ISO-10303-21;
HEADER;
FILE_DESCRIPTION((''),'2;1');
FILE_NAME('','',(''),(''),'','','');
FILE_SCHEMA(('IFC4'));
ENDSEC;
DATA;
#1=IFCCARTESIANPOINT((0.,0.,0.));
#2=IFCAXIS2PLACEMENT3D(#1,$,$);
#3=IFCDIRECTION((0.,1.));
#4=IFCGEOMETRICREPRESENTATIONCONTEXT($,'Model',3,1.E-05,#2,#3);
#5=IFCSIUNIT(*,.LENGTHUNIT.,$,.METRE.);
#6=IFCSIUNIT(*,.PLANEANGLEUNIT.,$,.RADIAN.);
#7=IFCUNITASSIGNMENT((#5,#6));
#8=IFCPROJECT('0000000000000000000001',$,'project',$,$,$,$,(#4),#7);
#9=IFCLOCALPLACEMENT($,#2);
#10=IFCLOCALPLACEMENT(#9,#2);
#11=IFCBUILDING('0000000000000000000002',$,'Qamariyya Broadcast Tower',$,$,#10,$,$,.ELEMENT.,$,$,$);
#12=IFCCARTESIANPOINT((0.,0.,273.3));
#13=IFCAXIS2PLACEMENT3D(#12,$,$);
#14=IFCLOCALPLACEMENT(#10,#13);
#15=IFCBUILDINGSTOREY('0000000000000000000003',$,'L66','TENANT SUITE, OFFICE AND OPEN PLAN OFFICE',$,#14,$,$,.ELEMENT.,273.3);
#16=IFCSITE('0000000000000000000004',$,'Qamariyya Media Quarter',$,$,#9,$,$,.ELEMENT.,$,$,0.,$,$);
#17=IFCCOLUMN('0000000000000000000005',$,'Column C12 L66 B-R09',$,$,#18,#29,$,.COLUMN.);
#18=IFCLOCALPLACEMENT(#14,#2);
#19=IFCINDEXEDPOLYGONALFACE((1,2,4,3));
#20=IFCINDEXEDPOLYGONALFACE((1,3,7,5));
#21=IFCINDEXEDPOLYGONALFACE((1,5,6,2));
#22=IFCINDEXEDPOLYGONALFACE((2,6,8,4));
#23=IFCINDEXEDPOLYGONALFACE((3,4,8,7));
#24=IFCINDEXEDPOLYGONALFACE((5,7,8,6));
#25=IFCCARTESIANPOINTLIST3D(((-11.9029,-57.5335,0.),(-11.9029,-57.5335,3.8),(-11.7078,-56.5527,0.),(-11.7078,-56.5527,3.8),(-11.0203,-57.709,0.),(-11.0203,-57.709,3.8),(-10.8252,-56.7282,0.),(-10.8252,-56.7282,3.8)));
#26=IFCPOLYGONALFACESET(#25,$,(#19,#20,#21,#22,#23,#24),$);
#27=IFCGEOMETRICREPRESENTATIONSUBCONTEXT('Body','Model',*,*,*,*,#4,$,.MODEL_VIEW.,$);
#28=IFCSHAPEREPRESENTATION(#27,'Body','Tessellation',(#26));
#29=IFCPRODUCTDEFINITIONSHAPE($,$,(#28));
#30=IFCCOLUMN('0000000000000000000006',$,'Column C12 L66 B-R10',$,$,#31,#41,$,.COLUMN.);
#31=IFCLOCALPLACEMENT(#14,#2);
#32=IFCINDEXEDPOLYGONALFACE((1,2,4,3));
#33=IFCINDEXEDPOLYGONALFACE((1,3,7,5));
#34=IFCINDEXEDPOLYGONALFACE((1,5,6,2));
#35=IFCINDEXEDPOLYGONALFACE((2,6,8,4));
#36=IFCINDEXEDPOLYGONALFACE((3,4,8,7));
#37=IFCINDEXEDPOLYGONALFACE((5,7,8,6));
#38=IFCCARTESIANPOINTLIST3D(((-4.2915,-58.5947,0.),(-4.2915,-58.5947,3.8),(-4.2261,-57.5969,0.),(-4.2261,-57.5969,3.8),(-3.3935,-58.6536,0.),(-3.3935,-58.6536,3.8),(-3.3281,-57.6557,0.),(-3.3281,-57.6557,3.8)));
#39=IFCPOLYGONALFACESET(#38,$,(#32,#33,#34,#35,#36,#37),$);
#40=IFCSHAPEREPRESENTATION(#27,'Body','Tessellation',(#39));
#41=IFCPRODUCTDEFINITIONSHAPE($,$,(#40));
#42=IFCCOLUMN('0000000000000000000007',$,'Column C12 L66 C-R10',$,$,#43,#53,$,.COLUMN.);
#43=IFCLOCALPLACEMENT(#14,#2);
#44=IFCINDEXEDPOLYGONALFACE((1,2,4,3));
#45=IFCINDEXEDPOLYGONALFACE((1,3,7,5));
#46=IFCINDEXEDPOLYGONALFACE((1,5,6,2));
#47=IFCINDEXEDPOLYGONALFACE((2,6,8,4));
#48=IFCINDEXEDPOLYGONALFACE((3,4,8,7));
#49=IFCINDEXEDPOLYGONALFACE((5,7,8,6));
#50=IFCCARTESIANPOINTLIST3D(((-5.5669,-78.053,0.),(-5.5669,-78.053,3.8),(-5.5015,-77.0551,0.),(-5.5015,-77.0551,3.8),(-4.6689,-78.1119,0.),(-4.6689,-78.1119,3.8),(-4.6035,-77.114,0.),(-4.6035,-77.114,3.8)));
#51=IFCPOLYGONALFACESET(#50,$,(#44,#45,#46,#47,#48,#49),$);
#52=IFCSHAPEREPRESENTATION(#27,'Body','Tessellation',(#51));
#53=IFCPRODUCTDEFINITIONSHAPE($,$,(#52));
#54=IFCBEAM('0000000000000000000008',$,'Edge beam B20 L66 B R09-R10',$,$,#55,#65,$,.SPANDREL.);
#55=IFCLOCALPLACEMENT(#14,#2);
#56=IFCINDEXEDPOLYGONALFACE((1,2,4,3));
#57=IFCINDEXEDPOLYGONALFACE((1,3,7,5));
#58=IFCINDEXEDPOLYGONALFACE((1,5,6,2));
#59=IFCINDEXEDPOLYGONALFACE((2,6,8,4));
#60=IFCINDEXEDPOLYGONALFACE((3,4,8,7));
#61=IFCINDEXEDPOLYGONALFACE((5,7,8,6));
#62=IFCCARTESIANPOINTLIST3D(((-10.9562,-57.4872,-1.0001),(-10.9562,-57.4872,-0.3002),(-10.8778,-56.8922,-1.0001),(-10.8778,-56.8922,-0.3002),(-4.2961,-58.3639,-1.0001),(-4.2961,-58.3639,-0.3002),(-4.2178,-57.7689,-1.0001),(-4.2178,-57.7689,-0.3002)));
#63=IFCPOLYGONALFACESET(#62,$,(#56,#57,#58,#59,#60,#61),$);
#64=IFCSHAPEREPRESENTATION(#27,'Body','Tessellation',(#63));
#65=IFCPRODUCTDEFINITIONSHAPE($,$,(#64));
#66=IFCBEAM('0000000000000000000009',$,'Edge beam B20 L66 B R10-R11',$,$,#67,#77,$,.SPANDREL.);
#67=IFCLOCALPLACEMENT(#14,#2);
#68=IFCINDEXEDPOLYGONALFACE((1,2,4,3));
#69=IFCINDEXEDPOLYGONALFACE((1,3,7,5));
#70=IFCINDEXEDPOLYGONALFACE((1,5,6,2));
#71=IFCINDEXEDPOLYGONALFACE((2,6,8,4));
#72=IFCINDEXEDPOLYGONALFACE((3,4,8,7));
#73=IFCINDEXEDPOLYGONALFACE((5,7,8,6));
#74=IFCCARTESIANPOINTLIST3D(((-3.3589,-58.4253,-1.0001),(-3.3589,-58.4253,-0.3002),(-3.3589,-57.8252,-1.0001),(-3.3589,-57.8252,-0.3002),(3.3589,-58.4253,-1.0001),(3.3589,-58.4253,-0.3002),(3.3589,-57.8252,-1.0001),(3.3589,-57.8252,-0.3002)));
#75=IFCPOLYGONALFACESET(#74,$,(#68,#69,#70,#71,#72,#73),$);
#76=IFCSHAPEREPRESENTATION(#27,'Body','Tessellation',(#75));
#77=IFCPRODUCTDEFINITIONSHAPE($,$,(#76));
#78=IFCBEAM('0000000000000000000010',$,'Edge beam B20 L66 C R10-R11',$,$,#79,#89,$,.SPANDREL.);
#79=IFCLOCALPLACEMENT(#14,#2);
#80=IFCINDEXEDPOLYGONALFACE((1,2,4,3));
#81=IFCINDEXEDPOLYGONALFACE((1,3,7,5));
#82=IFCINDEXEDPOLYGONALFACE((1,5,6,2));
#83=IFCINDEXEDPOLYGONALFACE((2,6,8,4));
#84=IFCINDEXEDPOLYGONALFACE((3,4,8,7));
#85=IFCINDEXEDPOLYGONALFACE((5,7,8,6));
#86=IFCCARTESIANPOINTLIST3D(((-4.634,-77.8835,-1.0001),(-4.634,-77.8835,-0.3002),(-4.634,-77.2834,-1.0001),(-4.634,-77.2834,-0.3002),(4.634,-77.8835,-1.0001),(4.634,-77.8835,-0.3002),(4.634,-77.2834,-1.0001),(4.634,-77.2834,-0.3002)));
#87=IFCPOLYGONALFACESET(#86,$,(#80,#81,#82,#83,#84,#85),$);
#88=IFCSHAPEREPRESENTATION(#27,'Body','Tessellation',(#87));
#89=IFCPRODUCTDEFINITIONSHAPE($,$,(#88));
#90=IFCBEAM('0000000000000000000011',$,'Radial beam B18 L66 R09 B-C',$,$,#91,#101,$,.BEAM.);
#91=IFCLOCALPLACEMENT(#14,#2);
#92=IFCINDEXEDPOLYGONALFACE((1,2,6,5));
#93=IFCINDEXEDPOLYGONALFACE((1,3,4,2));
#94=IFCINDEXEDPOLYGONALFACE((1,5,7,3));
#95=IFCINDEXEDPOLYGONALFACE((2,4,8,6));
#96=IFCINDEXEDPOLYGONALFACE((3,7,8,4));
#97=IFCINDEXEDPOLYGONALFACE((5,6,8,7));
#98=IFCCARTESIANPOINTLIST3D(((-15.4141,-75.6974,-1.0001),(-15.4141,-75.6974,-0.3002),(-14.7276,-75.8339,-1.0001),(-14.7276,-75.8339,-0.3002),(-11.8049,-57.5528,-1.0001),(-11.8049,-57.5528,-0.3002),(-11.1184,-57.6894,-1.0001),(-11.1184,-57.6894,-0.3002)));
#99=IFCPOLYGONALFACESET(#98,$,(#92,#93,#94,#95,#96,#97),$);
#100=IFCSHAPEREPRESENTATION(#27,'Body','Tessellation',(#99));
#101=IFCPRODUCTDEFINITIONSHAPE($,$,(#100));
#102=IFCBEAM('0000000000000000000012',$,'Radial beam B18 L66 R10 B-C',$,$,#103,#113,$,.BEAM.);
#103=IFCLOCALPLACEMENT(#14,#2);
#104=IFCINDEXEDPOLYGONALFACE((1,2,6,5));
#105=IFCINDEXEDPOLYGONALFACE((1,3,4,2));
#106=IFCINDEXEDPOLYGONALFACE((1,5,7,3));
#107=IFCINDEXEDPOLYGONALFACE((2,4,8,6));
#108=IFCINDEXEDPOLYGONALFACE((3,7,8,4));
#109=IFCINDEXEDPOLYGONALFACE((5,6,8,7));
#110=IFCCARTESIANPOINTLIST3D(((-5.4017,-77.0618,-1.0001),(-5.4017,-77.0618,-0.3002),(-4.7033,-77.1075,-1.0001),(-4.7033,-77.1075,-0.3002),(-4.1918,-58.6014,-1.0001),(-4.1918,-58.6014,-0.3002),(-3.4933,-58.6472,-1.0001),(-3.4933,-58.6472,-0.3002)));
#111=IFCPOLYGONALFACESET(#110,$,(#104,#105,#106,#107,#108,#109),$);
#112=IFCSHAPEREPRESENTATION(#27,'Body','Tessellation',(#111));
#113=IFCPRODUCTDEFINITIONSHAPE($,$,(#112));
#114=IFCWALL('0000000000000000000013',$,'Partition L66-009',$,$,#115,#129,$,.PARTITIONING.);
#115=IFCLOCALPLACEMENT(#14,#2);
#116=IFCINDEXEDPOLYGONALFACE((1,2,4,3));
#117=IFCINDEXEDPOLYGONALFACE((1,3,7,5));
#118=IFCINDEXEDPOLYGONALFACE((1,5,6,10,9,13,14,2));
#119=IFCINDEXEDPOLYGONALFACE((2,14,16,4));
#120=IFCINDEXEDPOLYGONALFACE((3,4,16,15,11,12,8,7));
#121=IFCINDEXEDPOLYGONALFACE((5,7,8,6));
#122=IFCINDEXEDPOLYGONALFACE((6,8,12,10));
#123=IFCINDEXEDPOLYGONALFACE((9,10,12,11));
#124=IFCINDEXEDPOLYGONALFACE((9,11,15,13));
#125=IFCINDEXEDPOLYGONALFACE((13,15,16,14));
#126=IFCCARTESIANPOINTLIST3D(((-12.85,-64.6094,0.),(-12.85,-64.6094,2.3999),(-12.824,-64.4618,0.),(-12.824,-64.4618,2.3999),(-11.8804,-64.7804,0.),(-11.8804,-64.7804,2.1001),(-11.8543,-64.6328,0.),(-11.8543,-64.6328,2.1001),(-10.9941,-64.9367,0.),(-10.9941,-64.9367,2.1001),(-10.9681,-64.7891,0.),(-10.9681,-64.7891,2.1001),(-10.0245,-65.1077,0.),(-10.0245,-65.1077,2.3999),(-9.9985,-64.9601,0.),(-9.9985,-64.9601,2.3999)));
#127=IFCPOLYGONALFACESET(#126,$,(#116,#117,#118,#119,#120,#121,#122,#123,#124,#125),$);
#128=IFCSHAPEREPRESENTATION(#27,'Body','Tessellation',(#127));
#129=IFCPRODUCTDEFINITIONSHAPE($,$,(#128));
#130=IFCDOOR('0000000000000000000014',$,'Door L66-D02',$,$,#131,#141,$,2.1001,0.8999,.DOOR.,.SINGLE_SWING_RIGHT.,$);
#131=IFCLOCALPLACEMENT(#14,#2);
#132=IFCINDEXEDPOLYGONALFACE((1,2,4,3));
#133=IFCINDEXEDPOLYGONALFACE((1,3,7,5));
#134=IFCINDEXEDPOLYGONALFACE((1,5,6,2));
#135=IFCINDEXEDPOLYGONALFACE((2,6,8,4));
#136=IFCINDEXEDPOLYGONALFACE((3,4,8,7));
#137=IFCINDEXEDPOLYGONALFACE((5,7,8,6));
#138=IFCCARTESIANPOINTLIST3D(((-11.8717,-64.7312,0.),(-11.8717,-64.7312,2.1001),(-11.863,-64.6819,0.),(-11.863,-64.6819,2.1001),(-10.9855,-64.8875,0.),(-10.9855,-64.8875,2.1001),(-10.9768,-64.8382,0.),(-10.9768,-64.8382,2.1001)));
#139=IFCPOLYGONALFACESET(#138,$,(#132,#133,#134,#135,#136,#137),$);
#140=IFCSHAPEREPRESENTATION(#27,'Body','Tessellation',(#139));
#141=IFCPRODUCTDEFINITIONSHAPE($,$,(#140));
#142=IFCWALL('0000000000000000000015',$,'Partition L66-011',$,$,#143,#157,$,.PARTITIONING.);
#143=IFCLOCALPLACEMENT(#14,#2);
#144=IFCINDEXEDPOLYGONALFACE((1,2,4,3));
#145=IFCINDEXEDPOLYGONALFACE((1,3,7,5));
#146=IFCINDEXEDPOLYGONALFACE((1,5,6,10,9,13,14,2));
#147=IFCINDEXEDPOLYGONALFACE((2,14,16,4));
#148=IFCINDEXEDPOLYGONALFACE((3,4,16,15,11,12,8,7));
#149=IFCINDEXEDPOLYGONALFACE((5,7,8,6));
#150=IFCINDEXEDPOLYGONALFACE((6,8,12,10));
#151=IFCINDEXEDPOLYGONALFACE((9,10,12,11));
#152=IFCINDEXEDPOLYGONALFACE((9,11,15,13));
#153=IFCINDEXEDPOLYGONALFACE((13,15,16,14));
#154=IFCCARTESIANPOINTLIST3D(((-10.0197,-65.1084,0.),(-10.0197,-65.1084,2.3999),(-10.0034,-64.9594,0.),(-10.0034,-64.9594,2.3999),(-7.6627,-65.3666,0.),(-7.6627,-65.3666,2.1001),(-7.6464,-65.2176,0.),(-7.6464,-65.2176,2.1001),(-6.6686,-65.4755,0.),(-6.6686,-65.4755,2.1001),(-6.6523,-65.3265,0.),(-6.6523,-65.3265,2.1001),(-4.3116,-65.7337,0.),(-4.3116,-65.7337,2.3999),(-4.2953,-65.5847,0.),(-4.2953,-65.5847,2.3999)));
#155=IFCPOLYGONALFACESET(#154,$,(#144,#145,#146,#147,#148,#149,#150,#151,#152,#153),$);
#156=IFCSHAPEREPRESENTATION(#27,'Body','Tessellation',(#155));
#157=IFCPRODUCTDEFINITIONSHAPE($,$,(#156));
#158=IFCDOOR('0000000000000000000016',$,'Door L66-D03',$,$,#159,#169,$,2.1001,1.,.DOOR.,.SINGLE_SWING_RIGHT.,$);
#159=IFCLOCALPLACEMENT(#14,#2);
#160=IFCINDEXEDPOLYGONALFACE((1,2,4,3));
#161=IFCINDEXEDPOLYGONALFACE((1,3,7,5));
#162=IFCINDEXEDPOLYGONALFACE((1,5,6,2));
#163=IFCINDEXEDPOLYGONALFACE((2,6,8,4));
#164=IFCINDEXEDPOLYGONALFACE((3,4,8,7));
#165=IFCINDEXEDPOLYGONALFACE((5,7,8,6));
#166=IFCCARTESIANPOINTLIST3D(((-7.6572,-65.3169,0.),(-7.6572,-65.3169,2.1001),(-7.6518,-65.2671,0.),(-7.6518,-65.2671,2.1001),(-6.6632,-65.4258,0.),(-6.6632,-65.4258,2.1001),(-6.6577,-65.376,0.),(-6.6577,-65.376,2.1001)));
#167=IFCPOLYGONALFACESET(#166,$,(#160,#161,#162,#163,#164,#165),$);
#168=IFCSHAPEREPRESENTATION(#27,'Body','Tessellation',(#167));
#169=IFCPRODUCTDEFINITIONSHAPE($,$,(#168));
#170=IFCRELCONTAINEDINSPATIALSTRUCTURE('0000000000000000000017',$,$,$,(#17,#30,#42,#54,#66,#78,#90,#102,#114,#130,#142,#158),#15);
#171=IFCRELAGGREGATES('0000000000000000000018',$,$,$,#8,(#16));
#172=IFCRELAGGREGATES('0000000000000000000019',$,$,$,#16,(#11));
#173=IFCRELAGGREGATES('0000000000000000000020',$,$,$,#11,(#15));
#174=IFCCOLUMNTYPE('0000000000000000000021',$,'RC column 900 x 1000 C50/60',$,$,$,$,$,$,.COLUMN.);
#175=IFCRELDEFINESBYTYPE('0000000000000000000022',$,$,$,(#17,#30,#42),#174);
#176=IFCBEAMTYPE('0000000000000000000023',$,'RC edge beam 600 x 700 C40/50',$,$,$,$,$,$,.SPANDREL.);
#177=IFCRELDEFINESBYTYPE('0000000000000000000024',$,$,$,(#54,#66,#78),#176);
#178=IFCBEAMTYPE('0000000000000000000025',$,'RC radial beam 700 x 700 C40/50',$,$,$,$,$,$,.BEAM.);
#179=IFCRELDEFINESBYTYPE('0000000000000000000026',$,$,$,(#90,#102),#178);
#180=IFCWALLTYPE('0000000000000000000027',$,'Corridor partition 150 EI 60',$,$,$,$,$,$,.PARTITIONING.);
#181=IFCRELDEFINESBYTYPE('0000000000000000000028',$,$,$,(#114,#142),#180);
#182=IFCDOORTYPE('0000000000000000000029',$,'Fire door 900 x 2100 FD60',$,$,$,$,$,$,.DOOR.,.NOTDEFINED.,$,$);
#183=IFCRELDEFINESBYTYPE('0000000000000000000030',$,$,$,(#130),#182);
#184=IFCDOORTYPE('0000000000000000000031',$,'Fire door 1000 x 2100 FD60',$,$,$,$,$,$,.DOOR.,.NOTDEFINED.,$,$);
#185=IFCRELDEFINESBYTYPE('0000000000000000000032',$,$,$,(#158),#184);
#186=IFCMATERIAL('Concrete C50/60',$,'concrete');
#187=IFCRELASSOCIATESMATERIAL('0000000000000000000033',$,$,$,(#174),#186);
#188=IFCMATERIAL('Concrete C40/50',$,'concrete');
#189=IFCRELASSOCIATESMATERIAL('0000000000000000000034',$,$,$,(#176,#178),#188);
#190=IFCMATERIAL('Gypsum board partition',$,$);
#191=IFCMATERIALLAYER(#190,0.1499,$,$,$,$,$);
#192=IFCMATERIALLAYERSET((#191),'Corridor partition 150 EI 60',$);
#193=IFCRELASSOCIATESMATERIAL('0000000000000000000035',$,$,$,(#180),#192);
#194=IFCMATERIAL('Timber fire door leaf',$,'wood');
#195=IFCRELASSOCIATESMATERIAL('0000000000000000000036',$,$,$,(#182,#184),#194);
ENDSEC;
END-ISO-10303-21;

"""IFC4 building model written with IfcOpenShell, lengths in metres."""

from ifc_helpers import new_model, si_unit, direction, frame, frame_2d, origin, origin_2d, place, context, subcontext, project, spatial, rectangle, extrude, material, layer, layer_set, material_profile, profile_set, type_object, element, fill, save


model = new_model("IFC4")

# Units and contexts
model_context = context("Model", 3, precision=1e-05, world=origin(), true_north=direction((0.0, 1.0)))
body_context = subcontext(model_context, "Body", "Model", "MODEL_VIEW")
ifc_project = project(units=[si_unit("LENGTHUNIT", "METRE"), si_unit("PLANEANGLEUNIT", "RADIAN")], contexts=[model_context])

# Site, building, storey
site_placement = place(None, origin())
site = spatial("IfcSite", under=ifc_project, at=site_placement, Name="Qamariyya Media Quarter", CompositionType="ELEMENT", RefElevation=0.0)
building_placement = place(site_placement, origin())
building = spatial("IfcBuilding", under=site, at=building_placement, Name="Qamariyya Broadcast Tower", CompositionType="ELEMENT")
storey_placement = place(building_placement, frame((0.0, 0.0, 273.3)))
storey = spatial("IfcBuildingStorey", under=building, at=storey_placement, Name="L66", Description="TENANT SUITE, OFFICE AND OPEN PLAN OFFICE", CompositionType="ELEMENT", Elevation=273.3)

# Columns
ifc_material_1 = material(Name="Concrete C50/60", Category="concrete")
ifc_material_profile_1 = material_profile(ifc_material_1, rectangle(XDim=0.8999, YDim=1.0, at=origin_2d()))
ifc_profile_set_1 = profile_set([ifc_material_profile_1], Name="Concrete C50/60")
column_type = type_object("IfcColumnType", Name="RC column 900 x 1000 C50/60", PredefinedType="COLUMN", material=ifc_profile_set_1)
for number, where, z_axis, x_axis, name in (
    (1, (-11.364, -57.1309, 0.0), (0.0, 0.0, 1.0), (0.980785, -0.19509, 0.0), "Column C12 L66 B-R09"),
    (2, (-3.8098, -58.1252, 0.0), (0.0, 0.0, 1.0), (0.997859, -0.065403, 0.0), "Column C12 L66 B-R10"),
    (3, (-5.0852, -77.5835, 0.0), (0.0, 0.0, 1.0), (0.997859, -0.065403, 0.0), "Column C12 L66 C-R10"),
):
    element("IfcColumn", number, at=place(storey_placement, frame(where, z_axis=z_axis, x_axis=x_axis)), inside=storey, type_object=column_type, Name=name, PredefinedType="COLUMN", context=body_context, shape_type="SweptSolid", body=[
        extrude(rectangle(XDim=0.8999, YDim=1.0, at=origin_2d()), origin(), (0.0, 0.0, 1.0), 3.8),
    ])

# Beams
ifc_material_2 = material(Name="Concrete C40/50", Category="concrete")
ifc_material_profile_2 = material_profile(ifc_material_2, rectangle(XDim=0.6001, YDim=0.7, at=origin_2d()))
ifc_profile_set_2 = profile_set([ifc_material_profile_2], Name="Concrete C40/50")
beam_type_1 = type_object("IfcBeamType", Name="RC edge beam 600 x 700 C40/50", PredefinedType="SPANDREL", material=ifc_profile_set_2)
beam_1_placement = place(storey_placement, frame((-10.917, -57.1897, -0.6501), z_axis=(0.991447, -0.130509, 0.0), x_axis=(0.130509, 0.991447, 0.0)))
element("IfcBeam", 4, at=beam_1_placement, inside=storey, type_object=beam_type_1, Name="Edge beam B20 L66 B R09-R10", PredefinedType="SPANDREL", context=body_context, shape_type="SweptSolid", body=[
    extrude(rectangle(XDim=0.6001, YDim=0.7, at=origin_2d()), origin(), (0.0, 0.0, 1.0), 6.7175),
])
beam_2_placement = place(storey_placement, frame((-3.3589, -58.1252, -0.6501), z_axis=(1.0, 0.0, 0.0), x_axis=(0.0, 1.0, 0.0)))
element("IfcBeam", 5, at=beam_2_placement, inside=storey, type_object=beam_type_1, Name="Edge beam B20 L66 B R10-R11", PredefinedType="SPANDREL", context=body_context, shape_type="SweptSolid", body=[
    extrude(rectangle(XDim=0.6001, YDim=0.7, at=origin_2d()), origin(), (0.0, 0.0, 1.0), 6.7178),
])
beam_3_placement = place(storey_placement, frame((-4.634, -77.5835, -0.6501), z_axis=(1.0, 0.0, 0.0), x_axis=(0.0, 1.0, 0.0)))
element("IfcBeam", 6, at=beam_3_placement, inside=storey, type_object=beam_type_1, Name="Edge beam B20 L66 C R10-R11", PredefinedType="SPANDREL", context=body_context, shape_type="SweptSolid", body=[
    extrude(rectangle(XDim=0.6001, YDim=0.7, at=origin_2d()), origin(), (0.0, 0.0, 1.0), 9.2681),
])
ifc_material_profile_3 = material_profile(ifc_material_2, rectangle(XDim=0.7, YDim=0.7, at=origin_2d()))
ifc_profile_set_3 = profile_set([ifc_material_profile_3], Name="Concrete C40/50")
beam_type_2 = type_object("IfcBeamType", Name="RC radial beam 700 x 700 C40/50", PredefinedType="BEAM", material=ifc_profile_set_3)
for number, where, z_axis, x_axis, name in (
    (7, (-11.4617, -57.6211, -0.6501), (-0.195088, -0.980786, 0.0), (0.980786, -0.195088, 0.0), "Radial beam B18 L66 R09 B-C"),
    (8, (-3.8425, -58.6243, -0.6501), (-0.065403, -0.997859, 0.0), (0.997859, -0.065403, 0.0), "Radial beam B18 L66 R10 B-C"),
):
    element("IfcBeam", number, at=place(storey_placement, frame(where, z_axis=z_axis, x_axis=x_axis)), inside=storey, type_object=beam_type_2, Name=name, PredefinedType="BEAM", context=body_context, shape_type="SweptSolid", body=[
        extrude(rectangle(XDim=0.7, YDim=0.7, at=origin_2d()), origin(), (0.0, 0.0, 1.0), 18.5),
    ])

# Walls, openings, doors
ifc_material_3 = material(Name="Gypsum board partition")
ifc_layer_1 = layer(ifc_material_3, 0.1499)
ifc_layer_set_1 = layer_set([ifc_layer_1], Name="Corridor partition 150 EI 60")
wall_type_1 = type_object("IfcWallType", Name="Corridor partition 150 EI 60", PredefinedType="PARTITIONING", material=ifc_layer_set_1)
wall_1_placement = place(storey_placement, frame((-10.0115, -65.0339, 0.0), z_axis=(0.0, 0.0, 1.0), x_axis=(-0.984802, 0.173679, 0.0)))
wall_1 = element("IfcWall", 9, at=wall_1_placement, inside=storey, type_object=wall_type_1, Name="Partition L66-009", PredefinedType="PARTITIONING", context=body_context, shape_type="SweptSolid", body=[
    extrude(rectangle(XDim=2.8691, YDim=0.1499, at=frame_2d((1.4346, 0.0))), origin(), (0.0, 0.0, 1.0), 2.3999),
])
opening_1_placement = place(wall_1_placement, frame((0.9846, 0.0, 0.0)))
opening_1 = element("IfcOpeningElement", 10, at=opening_1_placement, cuts=wall_1, PredefinedType="OPENING", context=body_context, shape_type="SweptSolid", body=[
    extrude(rectangle(XDim=0.8999, YDim=2.1001, at=frame_2d((0.45, 1.05))), frame((0.0, 0.085, 0.0), z_axis=(0.0, -1.0, 0.0), x_axis=(1.0, 0.0, 0.0)), (0.0, 0.0, 1.0), 0.1699),
])
ifc_material_4 = material(Name="Timber fire door leaf", Category="wood")
door_type_1 = type_object("IfcDoorType", Name="Fire door 900 x 2100 FD60", OperationType="NOTDEFINED", PredefinedType="DOOR", material=ifc_material_4)
door_1_placement = place(opening_1_placement, origin())
door_1 = element("IfcDoor", 11, at=door_1_placement, inside=storey, type_object=door_type_1, Name="Door L66-D02", OperationType="SINGLE_SWING_RIGHT", OverallHeight=2.1001, OverallWidth=0.8999, PredefinedType="DOOR", context=body_context, shape_type="SweptSolid", body=[
    extrude(rectangle(XDim=0.8999, YDim=2.1001, at=frame_2d((0.45, 1.05))), frame((0.0, 0.0249, 0.0), z_axis=(0.0, -1.0, 0.0), x_axis=(1.0, 0.0, 0.0)), (0.0, 0.0, 1.0), 0.05),
])
fill(opening_1, door_1)
wall_2_placement = place(storey_placement, frame((-4.3035, -65.6592, 0.0), z_axis=(0.0, 0.0, 1.0), x_axis=(-0.994054, 0.108887, 0.0)))
wall_2 = element("IfcWall", 12, at=wall_2_placement, inside=storey, type_object=wall_type_1, Name="Partition L66-011", PredefinedType="PARTITIONING", context=body_context, shape_type="SweptSolid", body=[
    extrude(rectangle(XDim=5.7422, YDim=0.1499, at=frame_2d((2.8711, 0.0))), origin(), (0.0, 0.0, 1.0), 2.3999),
])
opening_2_placement = place(wall_2_placement, frame((2.3711, 0.0, 0.0)))
opening_2 = element("IfcOpeningElement", 13, at=opening_2_placement, cuts=wall_2, PredefinedType="OPENING", context=body_context, shape_type="SweptSolid", body=[
    extrude(rectangle(XDim=1.0, YDim=2.1001, at=frame_2d((0.5, 1.05))), frame((0.0, 0.085, 0.0), z_axis=(0.0, -1.0, 0.0), x_axis=(1.0, 0.0, 0.0)), (0.0, 0.0, 1.0), 0.1699),
])
door_type_2 = type_object("IfcDoorType", Name="Fire door 1000 x 2100 FD60", OperationType="NOTDEFINED", PredefinedType="DOOR", material=ifc_material_4)
door_2_placement = place(opening_2_placement, origin())
door_2 = element("IfcDoor", 14, at=door_2_placement, inside=storey, type_object=door_type_2, Name="Door L66-D03", OperationType="SINGLE_SWING_RIGHT", OverallHeight=2.1001, OverallWidth=1.0, PredefinedType="DOOR", context=body_context, shape_type="SweptSolid", body=[
    extrude(rectangle(XDim=1.0, YDim=2.1001, at=frame_2d((0.5, 1.05))), frame((0.0, 0.0249, 0.0), z_axis=(0.0, -1.0, 0.0), x_axis=(1.0, 0.0, 0.0)), (0.0, 0.0, 1.0), 0.05),
])
fill(opening_2, door_2)

save(model, "model.ifc")
